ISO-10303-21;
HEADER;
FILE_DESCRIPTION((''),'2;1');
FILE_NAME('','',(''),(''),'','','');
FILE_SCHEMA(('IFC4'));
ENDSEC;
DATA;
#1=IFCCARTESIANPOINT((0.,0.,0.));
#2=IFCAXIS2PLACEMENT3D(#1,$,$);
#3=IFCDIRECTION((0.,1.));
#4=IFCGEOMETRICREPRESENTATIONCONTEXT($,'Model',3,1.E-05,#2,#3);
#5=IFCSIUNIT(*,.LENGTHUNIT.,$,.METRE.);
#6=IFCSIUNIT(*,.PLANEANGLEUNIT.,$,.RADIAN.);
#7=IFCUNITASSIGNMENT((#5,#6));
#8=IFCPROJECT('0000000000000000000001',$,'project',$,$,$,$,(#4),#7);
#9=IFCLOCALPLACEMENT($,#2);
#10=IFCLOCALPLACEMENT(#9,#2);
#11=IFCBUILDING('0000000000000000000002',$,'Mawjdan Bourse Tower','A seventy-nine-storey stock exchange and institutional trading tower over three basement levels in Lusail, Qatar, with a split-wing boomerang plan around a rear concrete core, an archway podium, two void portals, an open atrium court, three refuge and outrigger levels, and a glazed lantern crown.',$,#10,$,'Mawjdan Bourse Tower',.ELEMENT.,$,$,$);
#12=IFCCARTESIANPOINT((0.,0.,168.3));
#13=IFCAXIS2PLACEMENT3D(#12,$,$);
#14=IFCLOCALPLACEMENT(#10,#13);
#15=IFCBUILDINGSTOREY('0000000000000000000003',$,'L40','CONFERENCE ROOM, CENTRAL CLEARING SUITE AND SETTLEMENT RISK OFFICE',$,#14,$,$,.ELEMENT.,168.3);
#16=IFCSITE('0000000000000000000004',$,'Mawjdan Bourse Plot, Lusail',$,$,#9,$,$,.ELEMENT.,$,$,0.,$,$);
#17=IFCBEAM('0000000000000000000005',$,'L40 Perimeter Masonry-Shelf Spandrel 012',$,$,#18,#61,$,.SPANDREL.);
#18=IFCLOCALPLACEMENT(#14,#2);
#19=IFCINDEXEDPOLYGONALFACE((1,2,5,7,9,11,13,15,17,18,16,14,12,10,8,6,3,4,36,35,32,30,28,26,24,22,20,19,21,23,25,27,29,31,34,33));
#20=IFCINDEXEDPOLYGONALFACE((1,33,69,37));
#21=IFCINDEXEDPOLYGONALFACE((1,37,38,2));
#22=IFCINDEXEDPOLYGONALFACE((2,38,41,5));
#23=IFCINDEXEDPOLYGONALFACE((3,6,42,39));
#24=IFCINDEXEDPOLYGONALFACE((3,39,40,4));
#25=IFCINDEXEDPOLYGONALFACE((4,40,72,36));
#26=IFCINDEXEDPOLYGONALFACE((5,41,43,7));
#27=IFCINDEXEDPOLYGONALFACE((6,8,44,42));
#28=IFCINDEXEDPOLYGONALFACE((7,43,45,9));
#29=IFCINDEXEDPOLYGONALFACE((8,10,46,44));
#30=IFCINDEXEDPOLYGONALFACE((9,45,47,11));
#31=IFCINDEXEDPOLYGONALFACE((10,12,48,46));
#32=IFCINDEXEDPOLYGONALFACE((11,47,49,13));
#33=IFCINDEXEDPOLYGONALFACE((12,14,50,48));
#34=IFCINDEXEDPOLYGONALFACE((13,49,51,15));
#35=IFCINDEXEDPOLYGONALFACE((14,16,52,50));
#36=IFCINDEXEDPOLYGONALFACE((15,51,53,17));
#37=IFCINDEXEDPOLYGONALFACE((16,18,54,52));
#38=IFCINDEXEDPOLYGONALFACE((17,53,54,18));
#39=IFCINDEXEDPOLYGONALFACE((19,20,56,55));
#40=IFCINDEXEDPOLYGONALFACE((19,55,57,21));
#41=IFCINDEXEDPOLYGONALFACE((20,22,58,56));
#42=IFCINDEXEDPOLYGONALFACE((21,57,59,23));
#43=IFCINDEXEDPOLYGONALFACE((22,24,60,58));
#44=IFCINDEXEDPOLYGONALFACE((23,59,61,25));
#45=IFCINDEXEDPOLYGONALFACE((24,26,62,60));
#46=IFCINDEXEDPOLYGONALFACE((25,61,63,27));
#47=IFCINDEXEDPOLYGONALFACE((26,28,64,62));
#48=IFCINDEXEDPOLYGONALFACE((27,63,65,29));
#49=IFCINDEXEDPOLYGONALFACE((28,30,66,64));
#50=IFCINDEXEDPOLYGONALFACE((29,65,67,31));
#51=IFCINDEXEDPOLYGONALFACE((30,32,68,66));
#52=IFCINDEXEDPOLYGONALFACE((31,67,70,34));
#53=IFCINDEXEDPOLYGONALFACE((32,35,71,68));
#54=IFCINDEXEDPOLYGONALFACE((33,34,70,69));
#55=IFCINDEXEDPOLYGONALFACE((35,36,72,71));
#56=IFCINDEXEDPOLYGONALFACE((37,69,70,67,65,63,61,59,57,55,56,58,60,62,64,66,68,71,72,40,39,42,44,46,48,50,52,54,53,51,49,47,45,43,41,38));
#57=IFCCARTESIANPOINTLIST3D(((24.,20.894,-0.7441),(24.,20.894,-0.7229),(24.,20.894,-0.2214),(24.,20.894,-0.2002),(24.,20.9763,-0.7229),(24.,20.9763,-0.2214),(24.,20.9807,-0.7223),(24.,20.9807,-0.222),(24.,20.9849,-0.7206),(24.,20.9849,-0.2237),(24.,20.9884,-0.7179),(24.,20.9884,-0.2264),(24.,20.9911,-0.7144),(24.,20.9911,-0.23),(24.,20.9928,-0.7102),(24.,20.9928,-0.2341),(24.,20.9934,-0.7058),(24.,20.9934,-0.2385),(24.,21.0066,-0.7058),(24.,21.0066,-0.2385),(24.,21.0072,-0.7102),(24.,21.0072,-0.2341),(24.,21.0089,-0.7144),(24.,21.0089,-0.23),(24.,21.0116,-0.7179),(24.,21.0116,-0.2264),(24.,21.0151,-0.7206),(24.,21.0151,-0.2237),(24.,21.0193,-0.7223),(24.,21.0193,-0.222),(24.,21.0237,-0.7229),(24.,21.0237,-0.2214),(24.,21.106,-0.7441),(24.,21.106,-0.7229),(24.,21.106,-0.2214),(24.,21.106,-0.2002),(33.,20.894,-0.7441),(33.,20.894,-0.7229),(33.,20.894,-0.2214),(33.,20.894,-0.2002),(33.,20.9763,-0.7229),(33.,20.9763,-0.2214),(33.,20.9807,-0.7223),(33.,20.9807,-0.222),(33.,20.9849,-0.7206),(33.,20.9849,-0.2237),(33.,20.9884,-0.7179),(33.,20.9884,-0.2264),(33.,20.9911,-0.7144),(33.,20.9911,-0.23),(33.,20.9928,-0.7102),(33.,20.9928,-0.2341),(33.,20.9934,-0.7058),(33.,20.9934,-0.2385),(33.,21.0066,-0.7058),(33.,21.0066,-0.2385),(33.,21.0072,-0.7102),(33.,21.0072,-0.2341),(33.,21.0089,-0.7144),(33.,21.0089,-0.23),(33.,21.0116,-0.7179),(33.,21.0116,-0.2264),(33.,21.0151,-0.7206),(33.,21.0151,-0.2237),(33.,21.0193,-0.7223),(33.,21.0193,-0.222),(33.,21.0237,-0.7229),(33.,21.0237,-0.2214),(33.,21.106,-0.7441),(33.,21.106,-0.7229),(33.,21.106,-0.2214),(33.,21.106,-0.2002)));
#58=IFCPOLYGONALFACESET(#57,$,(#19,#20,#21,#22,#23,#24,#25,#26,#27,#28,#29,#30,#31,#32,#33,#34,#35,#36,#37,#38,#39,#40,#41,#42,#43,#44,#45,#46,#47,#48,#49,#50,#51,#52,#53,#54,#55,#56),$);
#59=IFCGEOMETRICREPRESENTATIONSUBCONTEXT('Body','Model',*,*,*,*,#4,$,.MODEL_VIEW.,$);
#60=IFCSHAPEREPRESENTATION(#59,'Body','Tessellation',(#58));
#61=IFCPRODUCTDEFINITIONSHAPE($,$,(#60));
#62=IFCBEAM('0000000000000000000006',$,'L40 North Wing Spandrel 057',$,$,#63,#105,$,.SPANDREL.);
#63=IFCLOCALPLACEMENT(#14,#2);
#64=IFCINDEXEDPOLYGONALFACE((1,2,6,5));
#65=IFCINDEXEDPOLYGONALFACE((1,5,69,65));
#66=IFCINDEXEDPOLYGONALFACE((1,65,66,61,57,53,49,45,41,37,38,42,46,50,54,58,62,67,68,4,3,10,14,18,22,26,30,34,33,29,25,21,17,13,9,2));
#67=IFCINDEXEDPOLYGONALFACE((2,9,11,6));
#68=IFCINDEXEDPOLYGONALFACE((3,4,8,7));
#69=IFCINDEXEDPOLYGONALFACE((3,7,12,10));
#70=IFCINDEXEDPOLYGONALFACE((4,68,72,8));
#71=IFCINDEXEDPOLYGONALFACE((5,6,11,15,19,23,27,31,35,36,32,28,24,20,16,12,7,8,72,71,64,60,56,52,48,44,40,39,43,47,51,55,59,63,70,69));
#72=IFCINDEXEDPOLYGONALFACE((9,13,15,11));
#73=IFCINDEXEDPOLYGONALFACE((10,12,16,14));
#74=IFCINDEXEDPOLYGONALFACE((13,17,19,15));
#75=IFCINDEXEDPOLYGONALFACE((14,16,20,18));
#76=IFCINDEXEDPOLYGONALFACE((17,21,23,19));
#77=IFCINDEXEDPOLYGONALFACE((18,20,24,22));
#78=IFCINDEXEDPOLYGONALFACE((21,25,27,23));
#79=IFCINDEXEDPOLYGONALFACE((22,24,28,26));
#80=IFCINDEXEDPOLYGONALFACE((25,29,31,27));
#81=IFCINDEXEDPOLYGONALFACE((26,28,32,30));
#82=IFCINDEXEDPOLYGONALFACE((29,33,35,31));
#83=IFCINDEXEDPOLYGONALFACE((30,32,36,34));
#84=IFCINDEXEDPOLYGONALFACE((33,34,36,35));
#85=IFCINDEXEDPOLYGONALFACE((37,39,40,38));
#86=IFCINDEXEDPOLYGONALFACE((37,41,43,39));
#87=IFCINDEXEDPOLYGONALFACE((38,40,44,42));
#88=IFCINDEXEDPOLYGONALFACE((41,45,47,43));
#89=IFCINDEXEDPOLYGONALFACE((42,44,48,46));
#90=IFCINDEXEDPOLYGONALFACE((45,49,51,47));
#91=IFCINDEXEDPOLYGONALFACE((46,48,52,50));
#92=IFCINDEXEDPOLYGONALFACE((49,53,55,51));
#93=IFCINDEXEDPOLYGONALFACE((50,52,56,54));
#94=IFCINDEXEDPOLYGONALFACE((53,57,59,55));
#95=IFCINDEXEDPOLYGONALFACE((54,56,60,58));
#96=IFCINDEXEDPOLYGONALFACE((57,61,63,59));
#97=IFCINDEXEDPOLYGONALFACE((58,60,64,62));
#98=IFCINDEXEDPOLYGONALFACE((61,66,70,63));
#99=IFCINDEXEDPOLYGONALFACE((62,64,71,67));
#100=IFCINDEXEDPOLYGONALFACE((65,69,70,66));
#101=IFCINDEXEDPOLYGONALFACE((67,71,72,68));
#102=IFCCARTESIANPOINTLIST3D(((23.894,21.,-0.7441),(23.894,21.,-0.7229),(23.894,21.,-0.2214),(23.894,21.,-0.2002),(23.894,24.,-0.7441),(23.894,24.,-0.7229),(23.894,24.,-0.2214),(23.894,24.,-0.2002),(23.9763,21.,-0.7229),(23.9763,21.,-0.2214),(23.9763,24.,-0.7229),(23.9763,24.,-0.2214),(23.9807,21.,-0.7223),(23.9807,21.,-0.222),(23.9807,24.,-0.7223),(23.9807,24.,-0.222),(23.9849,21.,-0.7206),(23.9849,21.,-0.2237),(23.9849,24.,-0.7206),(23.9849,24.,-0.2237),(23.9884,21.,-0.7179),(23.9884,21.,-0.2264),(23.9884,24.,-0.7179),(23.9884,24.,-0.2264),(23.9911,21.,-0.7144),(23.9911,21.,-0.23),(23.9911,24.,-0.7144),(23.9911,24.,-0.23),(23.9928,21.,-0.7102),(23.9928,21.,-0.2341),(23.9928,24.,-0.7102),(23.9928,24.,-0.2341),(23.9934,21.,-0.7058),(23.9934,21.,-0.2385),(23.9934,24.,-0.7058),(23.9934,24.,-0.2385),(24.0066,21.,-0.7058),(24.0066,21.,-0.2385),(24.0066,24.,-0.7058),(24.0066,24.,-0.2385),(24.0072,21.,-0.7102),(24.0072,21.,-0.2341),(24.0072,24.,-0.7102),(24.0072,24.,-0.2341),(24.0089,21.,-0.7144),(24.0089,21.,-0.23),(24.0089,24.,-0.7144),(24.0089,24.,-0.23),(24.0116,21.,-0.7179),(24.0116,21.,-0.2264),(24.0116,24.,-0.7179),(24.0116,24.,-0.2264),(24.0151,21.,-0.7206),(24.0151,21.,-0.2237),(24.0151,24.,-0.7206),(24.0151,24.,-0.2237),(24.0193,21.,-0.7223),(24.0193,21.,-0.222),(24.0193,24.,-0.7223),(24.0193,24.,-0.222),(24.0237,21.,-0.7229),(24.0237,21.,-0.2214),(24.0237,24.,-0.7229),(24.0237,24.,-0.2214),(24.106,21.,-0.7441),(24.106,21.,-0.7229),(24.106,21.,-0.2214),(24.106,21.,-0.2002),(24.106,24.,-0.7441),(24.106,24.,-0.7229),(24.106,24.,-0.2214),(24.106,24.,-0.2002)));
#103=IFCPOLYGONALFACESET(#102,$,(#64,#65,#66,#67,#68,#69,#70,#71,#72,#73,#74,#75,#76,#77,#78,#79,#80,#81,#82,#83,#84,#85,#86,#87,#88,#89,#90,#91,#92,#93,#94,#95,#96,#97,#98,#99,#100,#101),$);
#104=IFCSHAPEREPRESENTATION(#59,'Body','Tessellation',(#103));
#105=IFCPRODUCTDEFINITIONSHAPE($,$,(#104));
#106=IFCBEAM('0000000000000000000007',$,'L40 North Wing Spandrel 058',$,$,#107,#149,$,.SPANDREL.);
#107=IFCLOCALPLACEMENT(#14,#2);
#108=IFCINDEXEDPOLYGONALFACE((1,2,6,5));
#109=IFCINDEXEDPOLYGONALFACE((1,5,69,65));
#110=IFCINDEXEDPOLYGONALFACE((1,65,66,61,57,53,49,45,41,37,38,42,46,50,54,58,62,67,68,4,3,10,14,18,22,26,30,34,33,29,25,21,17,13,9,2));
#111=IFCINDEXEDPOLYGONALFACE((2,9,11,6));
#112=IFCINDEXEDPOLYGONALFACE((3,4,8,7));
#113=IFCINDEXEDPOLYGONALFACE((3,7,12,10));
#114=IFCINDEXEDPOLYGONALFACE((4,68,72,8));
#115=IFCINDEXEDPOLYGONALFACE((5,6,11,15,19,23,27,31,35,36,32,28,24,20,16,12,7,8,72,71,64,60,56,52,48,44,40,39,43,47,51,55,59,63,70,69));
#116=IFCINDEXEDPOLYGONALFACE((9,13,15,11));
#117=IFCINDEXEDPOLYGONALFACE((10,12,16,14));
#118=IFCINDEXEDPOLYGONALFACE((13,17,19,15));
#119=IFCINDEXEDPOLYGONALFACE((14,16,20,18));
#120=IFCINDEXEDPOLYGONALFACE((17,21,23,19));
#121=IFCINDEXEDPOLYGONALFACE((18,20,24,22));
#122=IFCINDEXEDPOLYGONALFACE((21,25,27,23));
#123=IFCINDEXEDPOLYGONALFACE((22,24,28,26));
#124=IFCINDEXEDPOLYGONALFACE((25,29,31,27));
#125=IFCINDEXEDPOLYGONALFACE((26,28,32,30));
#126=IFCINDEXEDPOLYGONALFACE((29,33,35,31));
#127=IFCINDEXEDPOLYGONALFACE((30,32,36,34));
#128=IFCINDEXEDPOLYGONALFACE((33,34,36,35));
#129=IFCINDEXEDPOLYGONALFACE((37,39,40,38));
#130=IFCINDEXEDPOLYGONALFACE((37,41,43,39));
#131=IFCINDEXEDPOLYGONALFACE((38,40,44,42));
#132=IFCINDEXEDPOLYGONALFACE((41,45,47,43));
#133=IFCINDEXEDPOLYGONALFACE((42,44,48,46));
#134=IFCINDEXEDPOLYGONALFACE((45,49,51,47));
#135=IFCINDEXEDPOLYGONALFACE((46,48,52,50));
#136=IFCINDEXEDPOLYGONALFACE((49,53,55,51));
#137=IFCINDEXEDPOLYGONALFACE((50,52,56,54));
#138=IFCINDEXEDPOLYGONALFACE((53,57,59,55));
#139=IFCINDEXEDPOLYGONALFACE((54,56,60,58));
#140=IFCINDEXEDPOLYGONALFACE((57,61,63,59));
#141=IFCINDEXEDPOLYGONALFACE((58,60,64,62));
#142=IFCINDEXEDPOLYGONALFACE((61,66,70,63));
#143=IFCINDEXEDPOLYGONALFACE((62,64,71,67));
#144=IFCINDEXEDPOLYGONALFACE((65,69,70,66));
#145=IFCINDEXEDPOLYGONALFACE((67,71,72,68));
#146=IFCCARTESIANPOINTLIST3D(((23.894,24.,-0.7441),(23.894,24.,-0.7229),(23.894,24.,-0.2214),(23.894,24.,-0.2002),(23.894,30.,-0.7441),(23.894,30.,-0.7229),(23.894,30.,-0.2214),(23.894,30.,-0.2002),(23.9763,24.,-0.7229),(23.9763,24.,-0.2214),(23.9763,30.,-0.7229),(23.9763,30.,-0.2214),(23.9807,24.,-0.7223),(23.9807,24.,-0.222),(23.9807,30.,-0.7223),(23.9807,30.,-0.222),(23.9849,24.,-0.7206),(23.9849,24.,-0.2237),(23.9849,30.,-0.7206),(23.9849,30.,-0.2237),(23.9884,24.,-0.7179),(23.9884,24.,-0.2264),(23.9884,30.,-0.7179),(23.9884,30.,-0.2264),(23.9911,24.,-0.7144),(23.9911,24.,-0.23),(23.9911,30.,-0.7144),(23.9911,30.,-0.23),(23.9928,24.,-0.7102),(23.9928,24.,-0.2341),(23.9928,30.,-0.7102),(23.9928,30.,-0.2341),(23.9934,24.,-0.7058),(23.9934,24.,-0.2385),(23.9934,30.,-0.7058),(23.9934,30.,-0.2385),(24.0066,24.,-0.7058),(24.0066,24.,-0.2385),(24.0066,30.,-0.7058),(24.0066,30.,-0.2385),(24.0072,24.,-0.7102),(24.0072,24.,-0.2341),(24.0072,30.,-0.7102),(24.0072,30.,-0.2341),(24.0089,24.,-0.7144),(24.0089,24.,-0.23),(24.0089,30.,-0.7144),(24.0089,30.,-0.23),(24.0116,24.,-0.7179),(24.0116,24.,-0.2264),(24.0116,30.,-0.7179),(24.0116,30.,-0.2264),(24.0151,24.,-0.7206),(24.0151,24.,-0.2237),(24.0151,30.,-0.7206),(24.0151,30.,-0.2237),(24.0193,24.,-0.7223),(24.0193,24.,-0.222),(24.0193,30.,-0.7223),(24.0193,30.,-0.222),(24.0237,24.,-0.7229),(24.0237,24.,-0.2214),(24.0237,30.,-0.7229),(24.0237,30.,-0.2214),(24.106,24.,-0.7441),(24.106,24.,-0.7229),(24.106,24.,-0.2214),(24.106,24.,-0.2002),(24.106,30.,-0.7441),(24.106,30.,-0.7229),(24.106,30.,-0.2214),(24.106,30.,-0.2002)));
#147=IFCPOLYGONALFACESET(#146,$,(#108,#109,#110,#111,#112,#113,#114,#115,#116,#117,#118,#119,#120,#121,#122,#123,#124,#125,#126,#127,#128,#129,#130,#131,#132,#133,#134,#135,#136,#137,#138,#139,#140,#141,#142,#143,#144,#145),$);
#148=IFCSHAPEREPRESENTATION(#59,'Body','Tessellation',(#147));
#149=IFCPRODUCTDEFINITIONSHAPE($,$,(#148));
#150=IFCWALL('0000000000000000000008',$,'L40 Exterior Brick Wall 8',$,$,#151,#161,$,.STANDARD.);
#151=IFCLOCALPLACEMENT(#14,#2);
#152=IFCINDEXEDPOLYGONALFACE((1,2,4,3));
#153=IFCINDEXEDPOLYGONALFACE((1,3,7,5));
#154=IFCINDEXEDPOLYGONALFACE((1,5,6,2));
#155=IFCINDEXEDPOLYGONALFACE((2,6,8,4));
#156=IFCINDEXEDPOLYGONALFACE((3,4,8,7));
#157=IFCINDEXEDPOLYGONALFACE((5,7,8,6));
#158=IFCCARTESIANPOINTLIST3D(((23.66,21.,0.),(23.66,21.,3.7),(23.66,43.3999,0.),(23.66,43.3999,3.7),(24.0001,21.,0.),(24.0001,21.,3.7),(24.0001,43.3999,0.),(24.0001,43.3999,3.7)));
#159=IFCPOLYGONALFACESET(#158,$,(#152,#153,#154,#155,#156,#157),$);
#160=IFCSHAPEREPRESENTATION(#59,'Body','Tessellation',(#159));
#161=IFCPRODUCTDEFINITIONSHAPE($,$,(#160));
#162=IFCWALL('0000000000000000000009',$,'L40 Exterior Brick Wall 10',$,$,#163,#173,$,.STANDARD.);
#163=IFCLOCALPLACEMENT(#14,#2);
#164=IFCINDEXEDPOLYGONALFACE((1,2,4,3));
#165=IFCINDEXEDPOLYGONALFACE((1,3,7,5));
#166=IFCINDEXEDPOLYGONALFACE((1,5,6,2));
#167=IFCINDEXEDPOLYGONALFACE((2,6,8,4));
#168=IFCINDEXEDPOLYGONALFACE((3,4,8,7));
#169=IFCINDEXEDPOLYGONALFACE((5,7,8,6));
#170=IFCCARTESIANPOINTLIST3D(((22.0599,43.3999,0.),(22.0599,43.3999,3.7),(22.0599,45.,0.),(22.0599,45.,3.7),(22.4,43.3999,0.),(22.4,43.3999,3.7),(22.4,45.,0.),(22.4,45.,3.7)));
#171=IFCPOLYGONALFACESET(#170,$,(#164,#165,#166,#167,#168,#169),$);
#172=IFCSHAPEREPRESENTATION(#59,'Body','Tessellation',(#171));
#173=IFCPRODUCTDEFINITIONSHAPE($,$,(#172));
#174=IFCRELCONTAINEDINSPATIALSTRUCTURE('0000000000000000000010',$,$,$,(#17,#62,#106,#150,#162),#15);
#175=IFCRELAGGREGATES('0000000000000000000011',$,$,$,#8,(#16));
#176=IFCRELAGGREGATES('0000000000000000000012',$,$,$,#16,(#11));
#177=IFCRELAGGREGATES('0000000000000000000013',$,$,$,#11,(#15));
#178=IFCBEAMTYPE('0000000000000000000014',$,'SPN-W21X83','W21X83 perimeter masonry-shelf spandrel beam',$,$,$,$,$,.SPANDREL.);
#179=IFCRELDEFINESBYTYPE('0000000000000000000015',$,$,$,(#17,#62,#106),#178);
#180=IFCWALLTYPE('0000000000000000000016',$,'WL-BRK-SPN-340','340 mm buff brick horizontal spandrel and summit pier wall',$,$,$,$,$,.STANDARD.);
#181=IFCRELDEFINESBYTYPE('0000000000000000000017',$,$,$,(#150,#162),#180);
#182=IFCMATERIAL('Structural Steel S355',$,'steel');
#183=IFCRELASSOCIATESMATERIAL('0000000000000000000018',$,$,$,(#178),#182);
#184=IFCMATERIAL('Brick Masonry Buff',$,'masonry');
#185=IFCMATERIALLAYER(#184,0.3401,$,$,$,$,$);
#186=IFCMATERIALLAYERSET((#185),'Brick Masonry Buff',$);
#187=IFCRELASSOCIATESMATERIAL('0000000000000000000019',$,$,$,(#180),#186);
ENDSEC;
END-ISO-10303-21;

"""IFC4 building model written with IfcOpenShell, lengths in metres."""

from ifc_helpers import new_model, si_unit, direction, frame, frame_2d, origin, origin_2d, place, context, subcontext, project, spatial, rectangle, i_section, extrude, material, layer, layer_set, material_profile, profile_set, type_object, element, save


model = new_model("IFC4")

# Units and contexts
model_context = context("Model", 3, precision=1e-05, world=origin(), true_north=direction((0.0, 1.0)))
body_context = subcontext(model_context, "Body", "Model", "MODEL_VIEW")
ifc_project = project(units=[si_unit("LENGTHUNIT", "METRE"), si_unit("PLANEANGLEUNIT", "RADIAN")], contexts=[model_context])

# Site, building, storey
site_placement = place(None, origin())
site = spatial("IfcSite", under=ifc_project, at=site_placement, Name="Mawjdan Bourse Plot, Lusail", CompositionType="ELEMENT", RefElevation=0.0)
building_placement = place(site_placement, origin())
building = spatial("IfcBuilding", under=site, at=building_placement, Name="Mawjdan Bourse Tower", Description="A seventy-nine-storey stock exchange and institutional trading tower over three basement levels in Lusail, Qatar, with a split-wing boomerang plan around a rear concrete core, an archway podium, two void portals, an open atrium court, three refuge and outrigger levels, and a glazed lantern crown.", LongName="Mawjdan Bourse Tower", CompositionType="ELEMENT")
storey_placement = place(building_placement, frame((0.0, 0.0, 168.3)))
storey = spatial("IfcBuildingStorey", under=building, at=storey_placement, Name="L40", Description="CONFERENCE ROOM, CENTRAL CLEARING SUITE AND SETTLEMENT RISK OFFICE", CompositionType="ELEMENT", Elevation=168.3)

# Beams
ifc_material_1 = material(Name="Structural Steel S355", Category="steel")
ifc_material_profile_1 = material_profile(ifc_material_1, i_section(OverallWidth=0.2119, OverallDepth=0.5439, WebThickness=0.0132, FlangeThickness=0.0212, FilletRadius=0.0171, at=origin_2d()), Name="W21X83")
ifc_profile_set_1 = profile_set([ifc_material_profile_1], Name="Structural Steel S355")
beam_type_1 = type_object("IfcBeamType", Name="SPN-W21X83", Description="W21X83 perimeter masonry-shelf spandrel beam", PredefinedType="SPANDREL", material=ifc_profile_set_1)
beam_1_placement = place(storey_placement, frame((24.0, 21.0, -0.4722), z_axis=(1.0, 0.0, 0.0), x_axis=(0.0, 1.0, 0.0)))
element("IfcBeam", 1, at=beam_1_placement, inside=storey, type_object=beam_type_1, Name="L40 Perimeter Masonry-Shelf Spandrel 012", PredefinedType="SPANDREL", context=body_context, shape_type="SweptSolid", body=[
    extrude(i_section(OverallWidth=0.2119, OverallDepth=0.5439, WebThickness=0.0132, FlangeThickness=0.0212, FilletRadius=0.0171, at=origin_2d()), origin(), (0.0, 0.0, 1.0), 9.0),
])
beam_2_placement = place(storey_placement, frame((24.0, 21.0, -0.4722), z_axis=(0.0, 1.0, 0.0), x_axis=(-1.0, 0.0, 0.0)))
element("IfcBeam", 2, at=beam_2_placement, inside=storey, type_object=beam_type_1, Name="L40 North Wing Spandrel 057", PredefinedType="SPANDREL", context=body_context, shape_type="SweptSolid", body=[
    extrude(i_section(OverallWidth=0.2119, OverallDepth=0.5439, WebThickness=0.0132, FlangeThickness=0.0212, FilletRadius=0.0171, at=origin_2d()), origin(), (0.0, 0.0, 1.0), 3.0),
])
beam_3_placement = place(storey_placement, frame((24.0, 24.0, -0.4722), z_axis=(0.0, 1.0, 0.0), x_axis=(-1.0, 0.0, 0.0)))
element("IfcBeam", 3, at=beam_3_placement, inside=storey, type_object=beam_type_1, Name="L40 North Wing Spandrel 058", PredefinedType="SPANDREL", context=body_context, shape_type="SweptSolid", body=[
    extrude(i_section(OverallWidth=0.2119, OverallDepth=0.5439, WebThickness=0.0132, FlangeThickness=0.0212, FilletRadius=0.0171, at=origin_2d()), origin(), (0.0, 0.0, 1.0), 6.0),
])

# Walls
ifc_material_2 = material(Name="Brick Masonry Buff", Category="masonry")
ifc_layer_1 = layer(ifc_material_2, 0.3401)
ifc_layer_set_1 = layer_set([ifc_layer_1], Name="Brick Masonry Buff")
wall_type_1 = type_object("IfcWallType", Name="WL-BRK-SPN-340", Description="340 mm buff brick horizontal spandrel and summit pier wall", PredefinedType="STANDARD", material=ifc_layer_set_1)
wall_1_placement = place(storey_placement, frame((23.8301, 21.0, 0.0), z_axis=(0.0, 0.0, 1.0), x_axis=(0.0, 1.0, 0.0)))
element("IfcWall", 4, at=wall_1_placement, inside=storey, type_object=wall_type_1, Name="L40 Exterior Brick Wall 8", PredefinedType="STANDARD", context=body_context, shape_type="SweptSolid", body=[
    extrude(rectangle(XDim=22.3999, YDim=0.3401, at=frame_2d((11.2, 0.0))), origin(), (0.0, 0.0, 1.0), 3.7),
])
wall_2_placement = place(storey_placement, frame((22.23, 43.3999, 0.0), z_axis=(0.0, 0.0, 1.0), x_axis=(0.0, 1.0, 0.0)))
element("IfcWall", 5, at=wall_2_placement, inside=storey, type_object=wall_type_1, Name="L40 Exterior Brick Wall 10", PredefinedType="STANDARD", context=body_context, shape_type="SweptSolid", body=[
    extrude(rectangle(XDim=1.6001, YDim=0.3401, at=frame_2d((0.8, 0.0))), origin(), (0.0, 0.0, 1.0), 3.7),
])

save(model, "model.ifc")
